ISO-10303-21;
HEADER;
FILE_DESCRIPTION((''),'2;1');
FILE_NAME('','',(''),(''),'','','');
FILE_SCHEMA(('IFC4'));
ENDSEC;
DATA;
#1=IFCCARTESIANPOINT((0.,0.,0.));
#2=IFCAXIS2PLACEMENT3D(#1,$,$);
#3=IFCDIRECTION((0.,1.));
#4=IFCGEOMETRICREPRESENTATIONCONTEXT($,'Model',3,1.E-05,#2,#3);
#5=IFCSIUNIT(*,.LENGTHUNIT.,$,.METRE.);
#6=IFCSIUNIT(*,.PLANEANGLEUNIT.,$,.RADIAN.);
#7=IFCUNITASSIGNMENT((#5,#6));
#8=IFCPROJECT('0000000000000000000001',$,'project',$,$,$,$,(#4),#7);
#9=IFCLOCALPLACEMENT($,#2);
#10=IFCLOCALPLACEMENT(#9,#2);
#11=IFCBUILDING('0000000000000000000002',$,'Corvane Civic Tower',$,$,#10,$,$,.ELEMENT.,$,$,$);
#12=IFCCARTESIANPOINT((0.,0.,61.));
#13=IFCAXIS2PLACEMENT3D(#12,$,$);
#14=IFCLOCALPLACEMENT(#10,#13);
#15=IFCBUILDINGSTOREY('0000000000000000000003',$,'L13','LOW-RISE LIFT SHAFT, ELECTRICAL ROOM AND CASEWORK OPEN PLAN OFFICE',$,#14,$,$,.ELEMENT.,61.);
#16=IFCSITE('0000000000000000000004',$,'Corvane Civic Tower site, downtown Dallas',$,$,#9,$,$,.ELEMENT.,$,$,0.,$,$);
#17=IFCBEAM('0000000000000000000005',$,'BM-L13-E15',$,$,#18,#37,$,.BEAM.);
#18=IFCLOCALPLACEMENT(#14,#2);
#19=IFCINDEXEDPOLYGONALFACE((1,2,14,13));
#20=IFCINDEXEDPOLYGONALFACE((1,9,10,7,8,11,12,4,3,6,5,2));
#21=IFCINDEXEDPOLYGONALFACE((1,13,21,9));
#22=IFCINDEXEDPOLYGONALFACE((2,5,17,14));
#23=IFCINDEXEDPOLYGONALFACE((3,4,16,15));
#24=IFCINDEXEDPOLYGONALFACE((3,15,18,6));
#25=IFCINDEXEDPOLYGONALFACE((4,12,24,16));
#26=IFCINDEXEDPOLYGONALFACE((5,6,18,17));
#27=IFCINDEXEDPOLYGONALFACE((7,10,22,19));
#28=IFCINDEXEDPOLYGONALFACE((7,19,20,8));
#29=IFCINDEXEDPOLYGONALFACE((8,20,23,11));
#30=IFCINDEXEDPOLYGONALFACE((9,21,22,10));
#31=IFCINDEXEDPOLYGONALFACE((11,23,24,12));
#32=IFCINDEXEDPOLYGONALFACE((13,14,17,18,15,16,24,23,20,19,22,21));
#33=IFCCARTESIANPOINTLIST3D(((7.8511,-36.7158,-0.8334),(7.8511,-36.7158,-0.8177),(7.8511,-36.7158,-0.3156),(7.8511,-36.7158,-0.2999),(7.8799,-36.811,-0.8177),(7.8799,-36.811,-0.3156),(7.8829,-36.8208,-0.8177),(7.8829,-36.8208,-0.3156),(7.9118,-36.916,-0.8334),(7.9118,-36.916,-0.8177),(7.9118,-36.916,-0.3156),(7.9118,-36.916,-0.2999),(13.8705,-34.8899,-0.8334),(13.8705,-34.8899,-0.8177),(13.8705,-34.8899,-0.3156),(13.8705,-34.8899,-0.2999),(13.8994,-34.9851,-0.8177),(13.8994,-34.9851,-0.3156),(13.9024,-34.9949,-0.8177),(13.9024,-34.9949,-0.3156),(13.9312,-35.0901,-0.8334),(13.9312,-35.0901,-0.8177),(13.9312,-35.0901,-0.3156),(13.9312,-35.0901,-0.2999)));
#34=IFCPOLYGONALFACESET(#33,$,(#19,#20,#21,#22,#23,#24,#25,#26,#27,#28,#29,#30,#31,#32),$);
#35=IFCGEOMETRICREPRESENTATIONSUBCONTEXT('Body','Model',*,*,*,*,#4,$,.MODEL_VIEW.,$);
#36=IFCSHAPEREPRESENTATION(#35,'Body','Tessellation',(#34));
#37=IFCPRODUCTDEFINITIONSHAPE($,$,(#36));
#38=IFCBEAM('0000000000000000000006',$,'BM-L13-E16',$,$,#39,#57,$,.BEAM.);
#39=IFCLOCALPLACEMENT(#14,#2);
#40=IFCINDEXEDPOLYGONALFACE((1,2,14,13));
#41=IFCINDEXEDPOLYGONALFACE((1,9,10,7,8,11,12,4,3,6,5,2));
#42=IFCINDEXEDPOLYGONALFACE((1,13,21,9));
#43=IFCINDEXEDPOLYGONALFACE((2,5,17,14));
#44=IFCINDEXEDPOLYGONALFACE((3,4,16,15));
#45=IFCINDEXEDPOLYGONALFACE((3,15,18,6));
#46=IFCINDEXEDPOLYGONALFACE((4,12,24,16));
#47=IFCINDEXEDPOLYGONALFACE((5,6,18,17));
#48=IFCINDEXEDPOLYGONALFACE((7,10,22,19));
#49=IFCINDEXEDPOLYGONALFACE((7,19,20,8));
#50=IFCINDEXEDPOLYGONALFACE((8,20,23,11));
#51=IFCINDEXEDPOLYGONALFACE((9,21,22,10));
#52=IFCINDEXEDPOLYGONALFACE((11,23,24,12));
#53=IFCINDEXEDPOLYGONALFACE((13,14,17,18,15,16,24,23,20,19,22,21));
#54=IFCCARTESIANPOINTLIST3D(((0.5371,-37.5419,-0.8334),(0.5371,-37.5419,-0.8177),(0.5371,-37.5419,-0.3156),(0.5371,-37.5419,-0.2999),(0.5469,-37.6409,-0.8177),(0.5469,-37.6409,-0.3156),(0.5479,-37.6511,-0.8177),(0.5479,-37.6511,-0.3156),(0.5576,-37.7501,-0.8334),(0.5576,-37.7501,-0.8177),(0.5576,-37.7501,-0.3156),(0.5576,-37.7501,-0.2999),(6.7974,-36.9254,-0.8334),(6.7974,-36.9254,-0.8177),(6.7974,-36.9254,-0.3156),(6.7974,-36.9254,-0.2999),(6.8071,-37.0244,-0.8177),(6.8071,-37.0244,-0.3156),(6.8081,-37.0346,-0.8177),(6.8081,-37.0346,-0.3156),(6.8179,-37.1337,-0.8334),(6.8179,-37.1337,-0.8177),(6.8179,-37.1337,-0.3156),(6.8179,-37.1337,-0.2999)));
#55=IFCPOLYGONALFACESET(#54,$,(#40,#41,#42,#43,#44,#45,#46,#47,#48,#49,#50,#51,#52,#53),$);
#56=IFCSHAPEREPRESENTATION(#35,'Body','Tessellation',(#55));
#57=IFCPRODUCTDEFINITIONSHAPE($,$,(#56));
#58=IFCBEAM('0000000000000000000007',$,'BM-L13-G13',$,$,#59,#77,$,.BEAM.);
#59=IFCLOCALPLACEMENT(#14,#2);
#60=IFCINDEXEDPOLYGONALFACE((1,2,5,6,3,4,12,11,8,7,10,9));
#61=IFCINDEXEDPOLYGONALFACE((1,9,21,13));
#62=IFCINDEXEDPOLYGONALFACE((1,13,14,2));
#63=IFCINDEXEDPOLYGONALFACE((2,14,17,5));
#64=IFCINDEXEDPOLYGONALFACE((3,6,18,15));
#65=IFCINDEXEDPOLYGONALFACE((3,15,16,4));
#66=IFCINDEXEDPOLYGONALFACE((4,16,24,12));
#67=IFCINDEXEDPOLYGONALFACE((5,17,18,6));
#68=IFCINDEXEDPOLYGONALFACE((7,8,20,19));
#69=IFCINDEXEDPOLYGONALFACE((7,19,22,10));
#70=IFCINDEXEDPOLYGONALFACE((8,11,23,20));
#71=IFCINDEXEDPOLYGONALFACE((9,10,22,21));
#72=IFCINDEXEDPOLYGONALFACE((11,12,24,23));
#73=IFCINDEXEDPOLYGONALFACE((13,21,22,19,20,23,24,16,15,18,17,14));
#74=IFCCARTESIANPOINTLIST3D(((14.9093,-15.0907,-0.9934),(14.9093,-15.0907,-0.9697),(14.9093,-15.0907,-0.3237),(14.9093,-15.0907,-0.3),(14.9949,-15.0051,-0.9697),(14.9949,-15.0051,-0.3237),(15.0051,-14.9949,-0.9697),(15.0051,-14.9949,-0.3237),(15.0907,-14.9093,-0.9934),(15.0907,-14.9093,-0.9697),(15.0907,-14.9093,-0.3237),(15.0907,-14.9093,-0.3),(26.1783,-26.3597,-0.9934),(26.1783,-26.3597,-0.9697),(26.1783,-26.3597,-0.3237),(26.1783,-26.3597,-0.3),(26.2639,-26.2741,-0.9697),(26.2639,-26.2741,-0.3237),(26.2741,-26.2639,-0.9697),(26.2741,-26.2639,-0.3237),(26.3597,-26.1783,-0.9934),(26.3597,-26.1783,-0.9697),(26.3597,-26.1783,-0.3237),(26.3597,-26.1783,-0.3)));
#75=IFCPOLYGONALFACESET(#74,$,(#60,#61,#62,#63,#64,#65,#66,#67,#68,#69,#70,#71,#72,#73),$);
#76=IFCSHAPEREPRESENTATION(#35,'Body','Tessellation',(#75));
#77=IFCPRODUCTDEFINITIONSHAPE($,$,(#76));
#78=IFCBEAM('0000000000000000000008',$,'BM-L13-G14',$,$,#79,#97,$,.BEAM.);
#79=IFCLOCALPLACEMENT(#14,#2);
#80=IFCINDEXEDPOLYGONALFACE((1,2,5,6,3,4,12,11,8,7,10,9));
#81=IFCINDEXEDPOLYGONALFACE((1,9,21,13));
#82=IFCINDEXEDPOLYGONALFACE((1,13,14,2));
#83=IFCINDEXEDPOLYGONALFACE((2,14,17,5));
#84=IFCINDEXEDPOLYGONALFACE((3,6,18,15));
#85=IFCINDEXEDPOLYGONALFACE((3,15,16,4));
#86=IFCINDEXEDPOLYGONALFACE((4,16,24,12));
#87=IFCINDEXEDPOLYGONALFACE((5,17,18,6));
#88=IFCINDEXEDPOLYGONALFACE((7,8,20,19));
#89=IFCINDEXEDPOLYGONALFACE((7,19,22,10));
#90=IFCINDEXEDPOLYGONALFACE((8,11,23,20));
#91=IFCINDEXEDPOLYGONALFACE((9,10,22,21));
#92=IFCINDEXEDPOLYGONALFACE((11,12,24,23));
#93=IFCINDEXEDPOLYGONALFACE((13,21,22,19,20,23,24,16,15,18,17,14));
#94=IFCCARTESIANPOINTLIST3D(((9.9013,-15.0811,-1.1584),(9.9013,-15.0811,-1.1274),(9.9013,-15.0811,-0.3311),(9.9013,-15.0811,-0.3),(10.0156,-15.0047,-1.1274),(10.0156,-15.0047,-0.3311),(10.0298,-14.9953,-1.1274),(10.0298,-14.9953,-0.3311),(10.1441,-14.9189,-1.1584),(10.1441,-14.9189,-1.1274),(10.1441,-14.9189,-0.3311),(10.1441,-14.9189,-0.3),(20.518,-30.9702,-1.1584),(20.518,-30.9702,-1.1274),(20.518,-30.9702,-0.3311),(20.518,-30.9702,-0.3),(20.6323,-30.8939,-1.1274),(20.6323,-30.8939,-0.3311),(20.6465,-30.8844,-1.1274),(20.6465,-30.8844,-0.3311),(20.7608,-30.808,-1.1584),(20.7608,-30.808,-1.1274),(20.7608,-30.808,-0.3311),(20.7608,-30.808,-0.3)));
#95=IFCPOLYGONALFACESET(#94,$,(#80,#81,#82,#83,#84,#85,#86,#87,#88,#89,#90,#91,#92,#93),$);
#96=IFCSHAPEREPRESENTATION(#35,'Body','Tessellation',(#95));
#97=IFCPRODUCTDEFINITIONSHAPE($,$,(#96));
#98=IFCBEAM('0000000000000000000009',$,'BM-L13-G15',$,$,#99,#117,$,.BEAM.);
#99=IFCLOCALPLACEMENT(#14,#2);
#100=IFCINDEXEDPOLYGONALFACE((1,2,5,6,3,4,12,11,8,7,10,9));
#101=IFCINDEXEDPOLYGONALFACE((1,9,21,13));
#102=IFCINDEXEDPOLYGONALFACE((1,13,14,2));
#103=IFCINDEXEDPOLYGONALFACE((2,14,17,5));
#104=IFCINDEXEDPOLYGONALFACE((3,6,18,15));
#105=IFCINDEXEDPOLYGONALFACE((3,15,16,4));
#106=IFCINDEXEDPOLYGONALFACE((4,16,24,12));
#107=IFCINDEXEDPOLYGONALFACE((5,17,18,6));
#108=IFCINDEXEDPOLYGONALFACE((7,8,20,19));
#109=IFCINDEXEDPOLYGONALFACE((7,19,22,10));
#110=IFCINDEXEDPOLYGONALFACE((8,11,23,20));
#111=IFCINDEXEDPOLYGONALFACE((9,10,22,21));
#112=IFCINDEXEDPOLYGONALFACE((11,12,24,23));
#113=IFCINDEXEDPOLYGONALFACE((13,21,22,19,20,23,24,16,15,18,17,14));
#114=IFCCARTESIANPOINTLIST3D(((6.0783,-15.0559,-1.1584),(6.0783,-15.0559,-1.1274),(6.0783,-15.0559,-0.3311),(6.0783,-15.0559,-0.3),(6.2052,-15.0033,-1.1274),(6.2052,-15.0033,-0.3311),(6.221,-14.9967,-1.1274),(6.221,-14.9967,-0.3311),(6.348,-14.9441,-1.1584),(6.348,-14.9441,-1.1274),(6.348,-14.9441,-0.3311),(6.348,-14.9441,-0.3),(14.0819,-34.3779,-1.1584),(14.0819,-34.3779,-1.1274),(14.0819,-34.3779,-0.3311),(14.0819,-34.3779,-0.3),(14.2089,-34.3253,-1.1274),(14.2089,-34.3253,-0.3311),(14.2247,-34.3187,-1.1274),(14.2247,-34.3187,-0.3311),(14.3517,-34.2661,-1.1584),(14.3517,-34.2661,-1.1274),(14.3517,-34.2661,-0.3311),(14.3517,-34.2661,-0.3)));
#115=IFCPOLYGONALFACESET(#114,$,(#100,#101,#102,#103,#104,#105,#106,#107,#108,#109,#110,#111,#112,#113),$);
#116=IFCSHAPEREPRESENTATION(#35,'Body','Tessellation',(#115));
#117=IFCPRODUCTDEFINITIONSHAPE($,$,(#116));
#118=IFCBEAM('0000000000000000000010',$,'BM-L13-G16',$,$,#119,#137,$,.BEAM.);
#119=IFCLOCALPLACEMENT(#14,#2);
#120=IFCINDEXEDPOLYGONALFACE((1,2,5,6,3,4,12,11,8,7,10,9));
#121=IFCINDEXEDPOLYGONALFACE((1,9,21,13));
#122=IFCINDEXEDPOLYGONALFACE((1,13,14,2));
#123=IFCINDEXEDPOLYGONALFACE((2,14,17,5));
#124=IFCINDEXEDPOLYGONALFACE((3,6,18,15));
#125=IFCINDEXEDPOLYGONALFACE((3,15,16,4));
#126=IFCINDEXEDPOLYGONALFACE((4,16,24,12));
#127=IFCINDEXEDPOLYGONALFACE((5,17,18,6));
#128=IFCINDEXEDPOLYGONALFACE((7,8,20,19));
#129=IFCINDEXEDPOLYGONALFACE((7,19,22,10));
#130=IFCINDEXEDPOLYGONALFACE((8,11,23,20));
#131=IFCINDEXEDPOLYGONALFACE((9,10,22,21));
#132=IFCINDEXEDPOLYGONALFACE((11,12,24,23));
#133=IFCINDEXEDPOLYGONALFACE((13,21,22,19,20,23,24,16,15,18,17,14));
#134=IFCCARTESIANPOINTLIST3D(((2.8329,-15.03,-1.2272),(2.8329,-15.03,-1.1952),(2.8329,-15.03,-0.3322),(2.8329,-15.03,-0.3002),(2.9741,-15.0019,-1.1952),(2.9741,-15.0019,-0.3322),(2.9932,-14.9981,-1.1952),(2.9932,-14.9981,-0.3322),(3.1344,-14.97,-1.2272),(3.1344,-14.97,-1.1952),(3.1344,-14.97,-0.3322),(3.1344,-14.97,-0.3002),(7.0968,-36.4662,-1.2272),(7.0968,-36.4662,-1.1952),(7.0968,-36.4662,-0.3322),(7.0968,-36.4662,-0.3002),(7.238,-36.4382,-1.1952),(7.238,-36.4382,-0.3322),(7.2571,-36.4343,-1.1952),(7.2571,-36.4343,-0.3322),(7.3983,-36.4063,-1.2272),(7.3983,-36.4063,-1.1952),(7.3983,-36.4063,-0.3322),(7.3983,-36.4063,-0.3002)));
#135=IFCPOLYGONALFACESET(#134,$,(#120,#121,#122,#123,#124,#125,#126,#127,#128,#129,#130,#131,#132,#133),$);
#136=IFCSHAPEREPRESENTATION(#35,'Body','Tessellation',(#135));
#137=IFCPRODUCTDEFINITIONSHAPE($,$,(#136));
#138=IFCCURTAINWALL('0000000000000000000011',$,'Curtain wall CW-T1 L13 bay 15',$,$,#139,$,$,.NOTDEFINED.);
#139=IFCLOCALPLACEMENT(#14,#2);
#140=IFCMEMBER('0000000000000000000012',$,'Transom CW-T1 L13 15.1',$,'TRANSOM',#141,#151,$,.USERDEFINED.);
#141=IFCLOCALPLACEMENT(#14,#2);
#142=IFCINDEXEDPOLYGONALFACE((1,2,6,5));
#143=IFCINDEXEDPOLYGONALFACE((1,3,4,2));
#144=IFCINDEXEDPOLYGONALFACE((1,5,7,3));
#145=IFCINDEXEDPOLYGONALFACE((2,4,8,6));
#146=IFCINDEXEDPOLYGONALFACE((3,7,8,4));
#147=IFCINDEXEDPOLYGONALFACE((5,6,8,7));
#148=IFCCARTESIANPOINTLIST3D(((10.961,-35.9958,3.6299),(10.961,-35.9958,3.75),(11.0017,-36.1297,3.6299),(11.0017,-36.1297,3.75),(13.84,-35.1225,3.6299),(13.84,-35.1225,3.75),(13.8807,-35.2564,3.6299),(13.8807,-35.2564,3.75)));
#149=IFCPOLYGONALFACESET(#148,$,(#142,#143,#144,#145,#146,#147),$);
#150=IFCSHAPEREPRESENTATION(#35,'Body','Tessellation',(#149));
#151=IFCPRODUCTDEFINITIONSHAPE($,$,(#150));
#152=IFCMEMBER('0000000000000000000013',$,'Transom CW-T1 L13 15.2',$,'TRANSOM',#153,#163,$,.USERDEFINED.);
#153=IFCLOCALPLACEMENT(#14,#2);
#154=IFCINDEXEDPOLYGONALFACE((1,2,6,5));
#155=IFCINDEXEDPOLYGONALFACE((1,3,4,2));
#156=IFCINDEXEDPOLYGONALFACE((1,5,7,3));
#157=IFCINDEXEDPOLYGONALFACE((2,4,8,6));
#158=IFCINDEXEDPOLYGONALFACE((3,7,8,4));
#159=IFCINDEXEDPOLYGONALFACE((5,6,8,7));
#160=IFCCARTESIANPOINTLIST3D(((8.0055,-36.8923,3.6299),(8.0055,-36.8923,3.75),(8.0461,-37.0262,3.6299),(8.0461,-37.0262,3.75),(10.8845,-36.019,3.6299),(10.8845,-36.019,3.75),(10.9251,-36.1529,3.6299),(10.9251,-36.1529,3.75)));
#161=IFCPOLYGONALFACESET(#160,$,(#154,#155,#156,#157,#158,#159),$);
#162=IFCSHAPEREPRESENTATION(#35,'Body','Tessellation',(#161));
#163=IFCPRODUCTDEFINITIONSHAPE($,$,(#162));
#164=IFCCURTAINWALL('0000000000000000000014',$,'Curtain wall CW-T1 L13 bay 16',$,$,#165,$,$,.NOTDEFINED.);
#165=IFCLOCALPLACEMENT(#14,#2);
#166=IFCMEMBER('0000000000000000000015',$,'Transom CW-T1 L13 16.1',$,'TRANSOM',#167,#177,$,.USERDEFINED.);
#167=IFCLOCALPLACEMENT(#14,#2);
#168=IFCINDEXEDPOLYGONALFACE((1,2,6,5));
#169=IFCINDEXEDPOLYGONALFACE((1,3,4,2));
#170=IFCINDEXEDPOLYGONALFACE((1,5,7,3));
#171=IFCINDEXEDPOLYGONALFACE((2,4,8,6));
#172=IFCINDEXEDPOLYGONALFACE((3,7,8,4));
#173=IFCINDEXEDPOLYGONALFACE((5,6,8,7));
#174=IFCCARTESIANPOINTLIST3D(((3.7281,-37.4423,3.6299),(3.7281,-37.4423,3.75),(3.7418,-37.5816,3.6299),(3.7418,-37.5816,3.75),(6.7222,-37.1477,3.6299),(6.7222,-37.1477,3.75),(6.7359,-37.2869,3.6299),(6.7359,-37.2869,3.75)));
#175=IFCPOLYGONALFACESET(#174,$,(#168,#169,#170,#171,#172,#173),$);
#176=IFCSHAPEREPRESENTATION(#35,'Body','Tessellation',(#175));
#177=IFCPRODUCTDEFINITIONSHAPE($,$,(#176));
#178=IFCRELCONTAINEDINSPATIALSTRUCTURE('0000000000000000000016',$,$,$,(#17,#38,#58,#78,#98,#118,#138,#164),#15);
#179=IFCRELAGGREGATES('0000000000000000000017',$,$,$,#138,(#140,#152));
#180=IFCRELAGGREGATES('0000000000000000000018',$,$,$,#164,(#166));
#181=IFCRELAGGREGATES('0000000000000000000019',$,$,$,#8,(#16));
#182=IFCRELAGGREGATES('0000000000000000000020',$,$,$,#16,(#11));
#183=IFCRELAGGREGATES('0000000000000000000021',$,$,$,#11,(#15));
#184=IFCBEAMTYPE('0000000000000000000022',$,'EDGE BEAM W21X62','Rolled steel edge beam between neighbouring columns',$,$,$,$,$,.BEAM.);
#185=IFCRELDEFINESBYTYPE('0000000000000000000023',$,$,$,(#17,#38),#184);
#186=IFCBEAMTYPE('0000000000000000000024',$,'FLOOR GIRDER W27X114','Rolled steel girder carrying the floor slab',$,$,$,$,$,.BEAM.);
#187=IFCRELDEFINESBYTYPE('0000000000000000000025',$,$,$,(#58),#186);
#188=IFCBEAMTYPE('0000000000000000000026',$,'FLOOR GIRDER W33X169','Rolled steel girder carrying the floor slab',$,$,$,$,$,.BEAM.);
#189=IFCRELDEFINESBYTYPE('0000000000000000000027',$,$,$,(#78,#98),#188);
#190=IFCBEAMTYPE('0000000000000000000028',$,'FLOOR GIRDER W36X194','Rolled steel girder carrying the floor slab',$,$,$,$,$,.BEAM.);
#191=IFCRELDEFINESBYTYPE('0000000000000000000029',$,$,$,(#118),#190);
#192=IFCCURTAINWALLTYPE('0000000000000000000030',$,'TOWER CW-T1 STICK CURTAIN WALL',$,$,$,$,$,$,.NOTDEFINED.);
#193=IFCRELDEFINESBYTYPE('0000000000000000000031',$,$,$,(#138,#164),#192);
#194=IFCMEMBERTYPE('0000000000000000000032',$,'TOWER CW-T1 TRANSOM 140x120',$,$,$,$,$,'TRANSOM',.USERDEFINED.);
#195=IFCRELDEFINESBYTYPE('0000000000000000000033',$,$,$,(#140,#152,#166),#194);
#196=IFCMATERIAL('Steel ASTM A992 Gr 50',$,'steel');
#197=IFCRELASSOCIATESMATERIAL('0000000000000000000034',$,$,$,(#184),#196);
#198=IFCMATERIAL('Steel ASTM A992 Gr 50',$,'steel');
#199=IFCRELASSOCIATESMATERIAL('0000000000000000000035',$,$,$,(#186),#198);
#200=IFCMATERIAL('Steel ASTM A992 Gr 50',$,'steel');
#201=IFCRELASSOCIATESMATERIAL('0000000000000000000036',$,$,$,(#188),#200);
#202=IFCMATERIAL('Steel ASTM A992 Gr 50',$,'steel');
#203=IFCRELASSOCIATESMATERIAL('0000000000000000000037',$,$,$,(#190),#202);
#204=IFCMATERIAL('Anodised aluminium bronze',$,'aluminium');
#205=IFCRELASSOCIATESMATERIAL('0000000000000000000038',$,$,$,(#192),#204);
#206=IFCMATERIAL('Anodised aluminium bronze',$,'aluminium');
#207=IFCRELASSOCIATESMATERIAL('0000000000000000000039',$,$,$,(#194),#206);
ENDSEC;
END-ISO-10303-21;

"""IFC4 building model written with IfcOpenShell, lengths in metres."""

from ifc_helpers import new_model, si_unit, direction, frame, origin, origin_2d, place, context, subcontext, project, spatial, rectangle, i_section, extrude, material, material_profile, profile_set, type_object, element, aggregate, save


model = new_model("IFC4")

# Units and contexts
model_context = context("Model", 3, precision=1e-05, world=origin(), true_north=direction((0.0, 1.0)))
body_context = subcontext(model_context, "Body", "Model", "MODEL_VIEW")
ifc_project = project(units=[si_unit("LENGTHUNIT", "METRE"), si_unit("PLANEANGLEUNIT", "RADIAN")], contexts=[model_context])

# Site, building, storey
site_placement = place(None, origin())
site = spatial("IfcSite", under=ifc_project, at=site_placement, Name="Corvane Civic Tower site, downtown Dallas", CompositionType="ELEMENT", RefElevation=0.0)
building_placement = place(site_placement, origin())
building = spatial("IfcBuilding", under=site, at=building_placement, Name="Corvane Civic Tower", CompositionType="ELEMENT")
storey_placement = place(building_placement, frame((0.0, 0.0, 61.0)))
storey = spatial("IfcBuildingStorey", under=building, at=storey_placement, Name="L13", Description="LOW-RISE LIFT SHAFT, ELECTRICAL ROOM AND CASEWORK OPEN PLAN OFFICE", CompositionType="ELEMENT", Elevation=61.0)

# Beams
ifc_material_1 = material(Name="Steel ASTM A992 Gr 50", Category="steel")
ifc_material_profile_1 = material_profile(ifc_material_1, i_section(OverallWidth=0.2092, OverallDepth=0.5334, WebThickness=0.0103, FlangeThickness=0.0156, at=origin_2d()), Name="W21X62")
ifc_profile_set_1 = profile_set([ifc_material_profile_1], Name="Steel ASTM A992 Gr 50")
beam_type_1 = type_object("IfcBeamType", Name="EDGE BEAM W21X62", Description="Rolled steel edge beam between neighbouring columns", PredefinedType="BEAM", material=ifc_profile_set_1)
beam_1_placement = place(storey_placement, frame((13.9009, -34.99, -0.5667), z_axis=(-0.956944, -0.290273, 0.0), x_axis=(0.290273, -0.956944, 0.0)))
element("IfcBeam", 1, at=beam_1_placement, inside=storey, type_object=beam_type_1, Name="BM-L13-E15", PredefinedType="BEAM", context=body_context, shape_type="SweptSolid", body=[
    extrude(i_section(OverallWidth=0.2092, OverallDepth=0.5334, WebThickness=0.0103, FlangeThickness=0.0156, at=origin_2d()), origin(), (0.0, 0.0, 1.0), 6.2903),
])
beam_2_placement = place(storey_placement, frame((6.8076, -37.0295, -0.5667), z_axis=(-0.995187, -0.097997, 0.0), x_axis=(0.097997, -0.995187, 0.0)))
element("IfcBeam", 2, at=beam_2_placement, inside=storey, type_object=beam_type_1, Name="BM-L13-E16", PredefinedType="BEAM", context=body_context, shape_type="SweptSolid", body=[
    extrude(i_section(OverallWidth=0.2092, OverallDepth=0.5334, WebThickness=0.0103, FlangeThickness=0.0156, at=origin_2d()), origin(), (0.0, 0.0, 1.0), 6.2905),
])
ifc_material_2 = material(Name="Steel ASTM A992 Gr 50", Category="steel")
ifc_material_profile_2 = material_profile(ifc_material_2, i_section(OverallWidth=0.2566, OverallDepth=0.6934, WebThickness=0.0144, FlangeThickness=0.0237, at=origin_2d()), Name="W27X114")
ifc_profile_set_2 = profile_set([ifc_material_profile_2], Name="Steel ASTM A992 Gr 50")
beam_type_2 = type_object("IfcBeamType", Name="FLOOR GIRDER W27X114", Description="Rolled steel girder carrying the floor slab", PredefinedType="BEAM", material=ifc_profile_set_2)
beam_3_placement = place(storey_placement, frame((15.0, -15.0, -0.6467), z_axis=(0.707107, -0.707107, 0.0), x_axis=(0.707107, 0.707107, 0.0)))
element("IfcBeam", 3, at=beam_3_placement, inside=storey, type_object=beam_type_2, Name="BM-L13-G13", PredefinedType="BEAM", context=body_context, shape_type="SweptSolid", body=[
    extrude(i_section(OverallWidth=0.2566, OverallDepth=0.6934, WebThickness=0.0144, FlangeThickness=0.0237, at=origin_2d()), origin(), (0.0, 0.0, 1.0), 15.9368),
])
ifc_material_3 = material(Name="Steel ASTM A992 Gr 50", Category="steel")
ifc_material_profile_3 = material_profile(ifc_material_3, i_section(OverallWidth=0.292, OverallDepth=0.8584, WebThickness=0.0171, FlangeThickness=0.031, at=origin_2d()), Name="W33X169")
ifc_profile_set_3 = profile_set([ifc_material_profile_3], Name="Steel ASTM A992 Gr 50")
beam_type_3 = type_object("IfcBeamType", Name="FLOOR GIRDER W33X169", Description="Rolled steel girder carrying the floor slab", PredefinedType="BEAM", material=ifc_profile_set_3)
beam_4_placement = place(storey_placement, frame((10.0227, -15.0, -0.7292), z_axis=(0.555567, -0.831472, 0.0), x_axis=(0.831472, 0.555567, 0.0)))
element("IfcBeam", 4, at=beam_4_placement, inside=storey, type_object=beam_type_3, Name="BM-L13-G14", PredefinedType="BEAM", context=body_context, shape_type="SweptSolid", body=[
    extrude(i_section(OverallWidth=0.292, OverallDepth=0.8584, WebThickness=0.0171, FlangeThickness=0.031, at=origin_2d()), origin(), (0.0, 0.0, 1.0), 19.1096),
])
beam_5_placement = place(storey_placement, frame((6.2131, -15.0, -0.7292), z_axis=(0.382692, -0.923876, 0.0), x_axis=(0.923876, 0.382692, 0.0)))
element("IfcBeam", 5, at=beam_5_placement, inside=storey, type_object=beam_type_3, Name="BM-L13-G15", PredefinedType="BEAM", context=body_context, shape_type="SweptSolid", body=[
    extrude(i_section(OverallWidth=0.292, OverallDepth=0.8584, WebThickness=0.0171, FlangeThickness=0.031, at=origin_2d()), origin(), (0.0, 0.0, 1.0), 20.9141),
])
ifc_material_4 = material(Name="Steel ASTM A992 Gr 50", Category="steel")
ifc_material_profile_4 = material_profile(ifc_material_4, i_section(OverallWidth=0.3074, OverallDepth=0.927, WebThickness=0.0195, FlangeThickness=0.032, at=origin_2d()), Name="W36X194")
ifc_profile_set_4 = profile_set([ifc_material_profile_4], Name="Steel ASTM A992 Gr 50")
beam_type_4 = type_object("IfcBeamType", Name="FLOOR GIRDER W36X194", Description="Rolled steel girder carrying the floor slab", PredefinedType="BEAM", material=ifc_profile_set_4)
beam_6_placement = place(storey_placement, frame((2.9836, -15.0, -0.7637), z_axis=(0.195089, -0.980785, 0.0), x_axis=(0.980785, 0.195089, 0.0)))
element("IfcBeam", 6, at=beam_6_placement, inside=storey, type_object=beam_type_4, Name="BM-L13-G16", PredefinedType="BEAM", context=body_context, shape_type="SweptSolid", body=[
    extrude(i_section(OverallWidth=0.3074, OverallDepth=0.927, WebThickness=0.0195, FlangeThickness=0.032, at=origin_2d()), origin(), (0.0, 0.0, 1.0), 21.8562),
])

# Curtain walls, members
ifc_material_5 = material(Name="Anodised aluminium bronze", Category="aluminium")
curtain_wall_type = type_object("IfcCurtainWallType", Name="TOWER CW-T1 STICK CURTAIN WALL", PredefinedType="NOTDEFINED", material=ifc_material_5)
curtain_wall_1_placement = place(storey_placement, origin())
curtain_wall_1 = element("IfcCurtainWall", 7, at=curtain_wall_1_placement, inside=storey, type_object=curtain_wall_type, Name="Curtain wall CW-T1 L13 bay 15", PredefinedType="NOTDEFINED")
ifc_material_6 = material(Name="Anodised aluminium bronze", Category="aluminium")
ifc_material_profile_5 = material_profile(ifc_material_6, rectangle(XDim=0.1399, YDim=0.1201, at=origin_2d()), Name="TOWER CW-T1 TRANSOM 140x120")
ifc_profile_set_5 = profile_set([ifc_material_profile_5], Name="Anodised aluminium bronze")
member_type_1 = type_object("IfcMemberType", Name="TOWER CW-T1 TRANSOM 140x120", ElementType="TRANSOM", PredefinedType="USERDEFINED", material=ifc_profile_set_5)
member_1_placement = place(storey_placement, frame((13.8604, -35.1895, 3.6899), z_axis=(-0.956942, -0.29028, 0.0), x_axis=(0.29028, -0.956942, 0.0)))
member_1 = element("IfcMember", 8, at=member_1_placement, type_object=member_type_1, Name="Transom CW-T1 L13 15.1", ObjectType="TRANSOM", PredefinedType="USERDEFINED", context=body_context, shape_type="SweptSolid", body=[
    extrude(rectangle(XDim=0.1399, YDim=0.1201, at=origin_2d()), origin(), (0.0, 0.0, 1.0), 3.0085),
])
member_2_placement = place(storey_placement, frame((10.9048, -36.0859, 3.6899), z_axis=(-0.956942, -0.29028, 0.0), x_axis=(0.29028, -0.956942, 0.0)))
member_2 = element("IfcMember", 9, at=member_2_placement, type_object=member_type_1, Name="Transom CW-T1 L13 15.2", ObjectType="TRANSOM", PredefinedType="USERDEFINED", context=body_context, shape_type="SweptSolid", body=[
    extrude(rectangle(XDim=0.1399, YDim=0.1201, at=origin_2d()), origin(), (0.0, 0.0, 1.0), 3.0085),
])
curtain_wall_2_placement = place(storey_placement, origin())
curtain_wall_2 = element("IfcCurtainWall", 10, at=curtain_wall_2_placement, inside=storey, type_object=curtain_wall_type, Name="Curtain wall CW-T1 L13 bay 16", PredefinedType="NOTDEFINED")
member_3_placement = place(storey_placement, frame((6.729, -37.2173, 3.6899), z_axis=(-0.995192, -0.097945, 0.0), x_axis=(0.097945, -0.995192, 0.0)))
member_3 = element("IfcMember", 11, at=member_3_placement, type_object=member_type_1, Name="Transom CW-T1 L13 16.1", ObjectType="TRANSOM", PredefinedType="USERDEFINED", context=body_context, shape_type="SweptSolid", body=[
    extrude(rectangle(XDim=0.1399, YDim=0.1201, at=origin_2d()), origin(), (0.0, 0.0, 1.0), 3.0085),
])

aggregate(curtain_wall_1, [member_1, member_2])
aggregate(curtain_wall_2, [member_3])

save(model, "model.ifc")
